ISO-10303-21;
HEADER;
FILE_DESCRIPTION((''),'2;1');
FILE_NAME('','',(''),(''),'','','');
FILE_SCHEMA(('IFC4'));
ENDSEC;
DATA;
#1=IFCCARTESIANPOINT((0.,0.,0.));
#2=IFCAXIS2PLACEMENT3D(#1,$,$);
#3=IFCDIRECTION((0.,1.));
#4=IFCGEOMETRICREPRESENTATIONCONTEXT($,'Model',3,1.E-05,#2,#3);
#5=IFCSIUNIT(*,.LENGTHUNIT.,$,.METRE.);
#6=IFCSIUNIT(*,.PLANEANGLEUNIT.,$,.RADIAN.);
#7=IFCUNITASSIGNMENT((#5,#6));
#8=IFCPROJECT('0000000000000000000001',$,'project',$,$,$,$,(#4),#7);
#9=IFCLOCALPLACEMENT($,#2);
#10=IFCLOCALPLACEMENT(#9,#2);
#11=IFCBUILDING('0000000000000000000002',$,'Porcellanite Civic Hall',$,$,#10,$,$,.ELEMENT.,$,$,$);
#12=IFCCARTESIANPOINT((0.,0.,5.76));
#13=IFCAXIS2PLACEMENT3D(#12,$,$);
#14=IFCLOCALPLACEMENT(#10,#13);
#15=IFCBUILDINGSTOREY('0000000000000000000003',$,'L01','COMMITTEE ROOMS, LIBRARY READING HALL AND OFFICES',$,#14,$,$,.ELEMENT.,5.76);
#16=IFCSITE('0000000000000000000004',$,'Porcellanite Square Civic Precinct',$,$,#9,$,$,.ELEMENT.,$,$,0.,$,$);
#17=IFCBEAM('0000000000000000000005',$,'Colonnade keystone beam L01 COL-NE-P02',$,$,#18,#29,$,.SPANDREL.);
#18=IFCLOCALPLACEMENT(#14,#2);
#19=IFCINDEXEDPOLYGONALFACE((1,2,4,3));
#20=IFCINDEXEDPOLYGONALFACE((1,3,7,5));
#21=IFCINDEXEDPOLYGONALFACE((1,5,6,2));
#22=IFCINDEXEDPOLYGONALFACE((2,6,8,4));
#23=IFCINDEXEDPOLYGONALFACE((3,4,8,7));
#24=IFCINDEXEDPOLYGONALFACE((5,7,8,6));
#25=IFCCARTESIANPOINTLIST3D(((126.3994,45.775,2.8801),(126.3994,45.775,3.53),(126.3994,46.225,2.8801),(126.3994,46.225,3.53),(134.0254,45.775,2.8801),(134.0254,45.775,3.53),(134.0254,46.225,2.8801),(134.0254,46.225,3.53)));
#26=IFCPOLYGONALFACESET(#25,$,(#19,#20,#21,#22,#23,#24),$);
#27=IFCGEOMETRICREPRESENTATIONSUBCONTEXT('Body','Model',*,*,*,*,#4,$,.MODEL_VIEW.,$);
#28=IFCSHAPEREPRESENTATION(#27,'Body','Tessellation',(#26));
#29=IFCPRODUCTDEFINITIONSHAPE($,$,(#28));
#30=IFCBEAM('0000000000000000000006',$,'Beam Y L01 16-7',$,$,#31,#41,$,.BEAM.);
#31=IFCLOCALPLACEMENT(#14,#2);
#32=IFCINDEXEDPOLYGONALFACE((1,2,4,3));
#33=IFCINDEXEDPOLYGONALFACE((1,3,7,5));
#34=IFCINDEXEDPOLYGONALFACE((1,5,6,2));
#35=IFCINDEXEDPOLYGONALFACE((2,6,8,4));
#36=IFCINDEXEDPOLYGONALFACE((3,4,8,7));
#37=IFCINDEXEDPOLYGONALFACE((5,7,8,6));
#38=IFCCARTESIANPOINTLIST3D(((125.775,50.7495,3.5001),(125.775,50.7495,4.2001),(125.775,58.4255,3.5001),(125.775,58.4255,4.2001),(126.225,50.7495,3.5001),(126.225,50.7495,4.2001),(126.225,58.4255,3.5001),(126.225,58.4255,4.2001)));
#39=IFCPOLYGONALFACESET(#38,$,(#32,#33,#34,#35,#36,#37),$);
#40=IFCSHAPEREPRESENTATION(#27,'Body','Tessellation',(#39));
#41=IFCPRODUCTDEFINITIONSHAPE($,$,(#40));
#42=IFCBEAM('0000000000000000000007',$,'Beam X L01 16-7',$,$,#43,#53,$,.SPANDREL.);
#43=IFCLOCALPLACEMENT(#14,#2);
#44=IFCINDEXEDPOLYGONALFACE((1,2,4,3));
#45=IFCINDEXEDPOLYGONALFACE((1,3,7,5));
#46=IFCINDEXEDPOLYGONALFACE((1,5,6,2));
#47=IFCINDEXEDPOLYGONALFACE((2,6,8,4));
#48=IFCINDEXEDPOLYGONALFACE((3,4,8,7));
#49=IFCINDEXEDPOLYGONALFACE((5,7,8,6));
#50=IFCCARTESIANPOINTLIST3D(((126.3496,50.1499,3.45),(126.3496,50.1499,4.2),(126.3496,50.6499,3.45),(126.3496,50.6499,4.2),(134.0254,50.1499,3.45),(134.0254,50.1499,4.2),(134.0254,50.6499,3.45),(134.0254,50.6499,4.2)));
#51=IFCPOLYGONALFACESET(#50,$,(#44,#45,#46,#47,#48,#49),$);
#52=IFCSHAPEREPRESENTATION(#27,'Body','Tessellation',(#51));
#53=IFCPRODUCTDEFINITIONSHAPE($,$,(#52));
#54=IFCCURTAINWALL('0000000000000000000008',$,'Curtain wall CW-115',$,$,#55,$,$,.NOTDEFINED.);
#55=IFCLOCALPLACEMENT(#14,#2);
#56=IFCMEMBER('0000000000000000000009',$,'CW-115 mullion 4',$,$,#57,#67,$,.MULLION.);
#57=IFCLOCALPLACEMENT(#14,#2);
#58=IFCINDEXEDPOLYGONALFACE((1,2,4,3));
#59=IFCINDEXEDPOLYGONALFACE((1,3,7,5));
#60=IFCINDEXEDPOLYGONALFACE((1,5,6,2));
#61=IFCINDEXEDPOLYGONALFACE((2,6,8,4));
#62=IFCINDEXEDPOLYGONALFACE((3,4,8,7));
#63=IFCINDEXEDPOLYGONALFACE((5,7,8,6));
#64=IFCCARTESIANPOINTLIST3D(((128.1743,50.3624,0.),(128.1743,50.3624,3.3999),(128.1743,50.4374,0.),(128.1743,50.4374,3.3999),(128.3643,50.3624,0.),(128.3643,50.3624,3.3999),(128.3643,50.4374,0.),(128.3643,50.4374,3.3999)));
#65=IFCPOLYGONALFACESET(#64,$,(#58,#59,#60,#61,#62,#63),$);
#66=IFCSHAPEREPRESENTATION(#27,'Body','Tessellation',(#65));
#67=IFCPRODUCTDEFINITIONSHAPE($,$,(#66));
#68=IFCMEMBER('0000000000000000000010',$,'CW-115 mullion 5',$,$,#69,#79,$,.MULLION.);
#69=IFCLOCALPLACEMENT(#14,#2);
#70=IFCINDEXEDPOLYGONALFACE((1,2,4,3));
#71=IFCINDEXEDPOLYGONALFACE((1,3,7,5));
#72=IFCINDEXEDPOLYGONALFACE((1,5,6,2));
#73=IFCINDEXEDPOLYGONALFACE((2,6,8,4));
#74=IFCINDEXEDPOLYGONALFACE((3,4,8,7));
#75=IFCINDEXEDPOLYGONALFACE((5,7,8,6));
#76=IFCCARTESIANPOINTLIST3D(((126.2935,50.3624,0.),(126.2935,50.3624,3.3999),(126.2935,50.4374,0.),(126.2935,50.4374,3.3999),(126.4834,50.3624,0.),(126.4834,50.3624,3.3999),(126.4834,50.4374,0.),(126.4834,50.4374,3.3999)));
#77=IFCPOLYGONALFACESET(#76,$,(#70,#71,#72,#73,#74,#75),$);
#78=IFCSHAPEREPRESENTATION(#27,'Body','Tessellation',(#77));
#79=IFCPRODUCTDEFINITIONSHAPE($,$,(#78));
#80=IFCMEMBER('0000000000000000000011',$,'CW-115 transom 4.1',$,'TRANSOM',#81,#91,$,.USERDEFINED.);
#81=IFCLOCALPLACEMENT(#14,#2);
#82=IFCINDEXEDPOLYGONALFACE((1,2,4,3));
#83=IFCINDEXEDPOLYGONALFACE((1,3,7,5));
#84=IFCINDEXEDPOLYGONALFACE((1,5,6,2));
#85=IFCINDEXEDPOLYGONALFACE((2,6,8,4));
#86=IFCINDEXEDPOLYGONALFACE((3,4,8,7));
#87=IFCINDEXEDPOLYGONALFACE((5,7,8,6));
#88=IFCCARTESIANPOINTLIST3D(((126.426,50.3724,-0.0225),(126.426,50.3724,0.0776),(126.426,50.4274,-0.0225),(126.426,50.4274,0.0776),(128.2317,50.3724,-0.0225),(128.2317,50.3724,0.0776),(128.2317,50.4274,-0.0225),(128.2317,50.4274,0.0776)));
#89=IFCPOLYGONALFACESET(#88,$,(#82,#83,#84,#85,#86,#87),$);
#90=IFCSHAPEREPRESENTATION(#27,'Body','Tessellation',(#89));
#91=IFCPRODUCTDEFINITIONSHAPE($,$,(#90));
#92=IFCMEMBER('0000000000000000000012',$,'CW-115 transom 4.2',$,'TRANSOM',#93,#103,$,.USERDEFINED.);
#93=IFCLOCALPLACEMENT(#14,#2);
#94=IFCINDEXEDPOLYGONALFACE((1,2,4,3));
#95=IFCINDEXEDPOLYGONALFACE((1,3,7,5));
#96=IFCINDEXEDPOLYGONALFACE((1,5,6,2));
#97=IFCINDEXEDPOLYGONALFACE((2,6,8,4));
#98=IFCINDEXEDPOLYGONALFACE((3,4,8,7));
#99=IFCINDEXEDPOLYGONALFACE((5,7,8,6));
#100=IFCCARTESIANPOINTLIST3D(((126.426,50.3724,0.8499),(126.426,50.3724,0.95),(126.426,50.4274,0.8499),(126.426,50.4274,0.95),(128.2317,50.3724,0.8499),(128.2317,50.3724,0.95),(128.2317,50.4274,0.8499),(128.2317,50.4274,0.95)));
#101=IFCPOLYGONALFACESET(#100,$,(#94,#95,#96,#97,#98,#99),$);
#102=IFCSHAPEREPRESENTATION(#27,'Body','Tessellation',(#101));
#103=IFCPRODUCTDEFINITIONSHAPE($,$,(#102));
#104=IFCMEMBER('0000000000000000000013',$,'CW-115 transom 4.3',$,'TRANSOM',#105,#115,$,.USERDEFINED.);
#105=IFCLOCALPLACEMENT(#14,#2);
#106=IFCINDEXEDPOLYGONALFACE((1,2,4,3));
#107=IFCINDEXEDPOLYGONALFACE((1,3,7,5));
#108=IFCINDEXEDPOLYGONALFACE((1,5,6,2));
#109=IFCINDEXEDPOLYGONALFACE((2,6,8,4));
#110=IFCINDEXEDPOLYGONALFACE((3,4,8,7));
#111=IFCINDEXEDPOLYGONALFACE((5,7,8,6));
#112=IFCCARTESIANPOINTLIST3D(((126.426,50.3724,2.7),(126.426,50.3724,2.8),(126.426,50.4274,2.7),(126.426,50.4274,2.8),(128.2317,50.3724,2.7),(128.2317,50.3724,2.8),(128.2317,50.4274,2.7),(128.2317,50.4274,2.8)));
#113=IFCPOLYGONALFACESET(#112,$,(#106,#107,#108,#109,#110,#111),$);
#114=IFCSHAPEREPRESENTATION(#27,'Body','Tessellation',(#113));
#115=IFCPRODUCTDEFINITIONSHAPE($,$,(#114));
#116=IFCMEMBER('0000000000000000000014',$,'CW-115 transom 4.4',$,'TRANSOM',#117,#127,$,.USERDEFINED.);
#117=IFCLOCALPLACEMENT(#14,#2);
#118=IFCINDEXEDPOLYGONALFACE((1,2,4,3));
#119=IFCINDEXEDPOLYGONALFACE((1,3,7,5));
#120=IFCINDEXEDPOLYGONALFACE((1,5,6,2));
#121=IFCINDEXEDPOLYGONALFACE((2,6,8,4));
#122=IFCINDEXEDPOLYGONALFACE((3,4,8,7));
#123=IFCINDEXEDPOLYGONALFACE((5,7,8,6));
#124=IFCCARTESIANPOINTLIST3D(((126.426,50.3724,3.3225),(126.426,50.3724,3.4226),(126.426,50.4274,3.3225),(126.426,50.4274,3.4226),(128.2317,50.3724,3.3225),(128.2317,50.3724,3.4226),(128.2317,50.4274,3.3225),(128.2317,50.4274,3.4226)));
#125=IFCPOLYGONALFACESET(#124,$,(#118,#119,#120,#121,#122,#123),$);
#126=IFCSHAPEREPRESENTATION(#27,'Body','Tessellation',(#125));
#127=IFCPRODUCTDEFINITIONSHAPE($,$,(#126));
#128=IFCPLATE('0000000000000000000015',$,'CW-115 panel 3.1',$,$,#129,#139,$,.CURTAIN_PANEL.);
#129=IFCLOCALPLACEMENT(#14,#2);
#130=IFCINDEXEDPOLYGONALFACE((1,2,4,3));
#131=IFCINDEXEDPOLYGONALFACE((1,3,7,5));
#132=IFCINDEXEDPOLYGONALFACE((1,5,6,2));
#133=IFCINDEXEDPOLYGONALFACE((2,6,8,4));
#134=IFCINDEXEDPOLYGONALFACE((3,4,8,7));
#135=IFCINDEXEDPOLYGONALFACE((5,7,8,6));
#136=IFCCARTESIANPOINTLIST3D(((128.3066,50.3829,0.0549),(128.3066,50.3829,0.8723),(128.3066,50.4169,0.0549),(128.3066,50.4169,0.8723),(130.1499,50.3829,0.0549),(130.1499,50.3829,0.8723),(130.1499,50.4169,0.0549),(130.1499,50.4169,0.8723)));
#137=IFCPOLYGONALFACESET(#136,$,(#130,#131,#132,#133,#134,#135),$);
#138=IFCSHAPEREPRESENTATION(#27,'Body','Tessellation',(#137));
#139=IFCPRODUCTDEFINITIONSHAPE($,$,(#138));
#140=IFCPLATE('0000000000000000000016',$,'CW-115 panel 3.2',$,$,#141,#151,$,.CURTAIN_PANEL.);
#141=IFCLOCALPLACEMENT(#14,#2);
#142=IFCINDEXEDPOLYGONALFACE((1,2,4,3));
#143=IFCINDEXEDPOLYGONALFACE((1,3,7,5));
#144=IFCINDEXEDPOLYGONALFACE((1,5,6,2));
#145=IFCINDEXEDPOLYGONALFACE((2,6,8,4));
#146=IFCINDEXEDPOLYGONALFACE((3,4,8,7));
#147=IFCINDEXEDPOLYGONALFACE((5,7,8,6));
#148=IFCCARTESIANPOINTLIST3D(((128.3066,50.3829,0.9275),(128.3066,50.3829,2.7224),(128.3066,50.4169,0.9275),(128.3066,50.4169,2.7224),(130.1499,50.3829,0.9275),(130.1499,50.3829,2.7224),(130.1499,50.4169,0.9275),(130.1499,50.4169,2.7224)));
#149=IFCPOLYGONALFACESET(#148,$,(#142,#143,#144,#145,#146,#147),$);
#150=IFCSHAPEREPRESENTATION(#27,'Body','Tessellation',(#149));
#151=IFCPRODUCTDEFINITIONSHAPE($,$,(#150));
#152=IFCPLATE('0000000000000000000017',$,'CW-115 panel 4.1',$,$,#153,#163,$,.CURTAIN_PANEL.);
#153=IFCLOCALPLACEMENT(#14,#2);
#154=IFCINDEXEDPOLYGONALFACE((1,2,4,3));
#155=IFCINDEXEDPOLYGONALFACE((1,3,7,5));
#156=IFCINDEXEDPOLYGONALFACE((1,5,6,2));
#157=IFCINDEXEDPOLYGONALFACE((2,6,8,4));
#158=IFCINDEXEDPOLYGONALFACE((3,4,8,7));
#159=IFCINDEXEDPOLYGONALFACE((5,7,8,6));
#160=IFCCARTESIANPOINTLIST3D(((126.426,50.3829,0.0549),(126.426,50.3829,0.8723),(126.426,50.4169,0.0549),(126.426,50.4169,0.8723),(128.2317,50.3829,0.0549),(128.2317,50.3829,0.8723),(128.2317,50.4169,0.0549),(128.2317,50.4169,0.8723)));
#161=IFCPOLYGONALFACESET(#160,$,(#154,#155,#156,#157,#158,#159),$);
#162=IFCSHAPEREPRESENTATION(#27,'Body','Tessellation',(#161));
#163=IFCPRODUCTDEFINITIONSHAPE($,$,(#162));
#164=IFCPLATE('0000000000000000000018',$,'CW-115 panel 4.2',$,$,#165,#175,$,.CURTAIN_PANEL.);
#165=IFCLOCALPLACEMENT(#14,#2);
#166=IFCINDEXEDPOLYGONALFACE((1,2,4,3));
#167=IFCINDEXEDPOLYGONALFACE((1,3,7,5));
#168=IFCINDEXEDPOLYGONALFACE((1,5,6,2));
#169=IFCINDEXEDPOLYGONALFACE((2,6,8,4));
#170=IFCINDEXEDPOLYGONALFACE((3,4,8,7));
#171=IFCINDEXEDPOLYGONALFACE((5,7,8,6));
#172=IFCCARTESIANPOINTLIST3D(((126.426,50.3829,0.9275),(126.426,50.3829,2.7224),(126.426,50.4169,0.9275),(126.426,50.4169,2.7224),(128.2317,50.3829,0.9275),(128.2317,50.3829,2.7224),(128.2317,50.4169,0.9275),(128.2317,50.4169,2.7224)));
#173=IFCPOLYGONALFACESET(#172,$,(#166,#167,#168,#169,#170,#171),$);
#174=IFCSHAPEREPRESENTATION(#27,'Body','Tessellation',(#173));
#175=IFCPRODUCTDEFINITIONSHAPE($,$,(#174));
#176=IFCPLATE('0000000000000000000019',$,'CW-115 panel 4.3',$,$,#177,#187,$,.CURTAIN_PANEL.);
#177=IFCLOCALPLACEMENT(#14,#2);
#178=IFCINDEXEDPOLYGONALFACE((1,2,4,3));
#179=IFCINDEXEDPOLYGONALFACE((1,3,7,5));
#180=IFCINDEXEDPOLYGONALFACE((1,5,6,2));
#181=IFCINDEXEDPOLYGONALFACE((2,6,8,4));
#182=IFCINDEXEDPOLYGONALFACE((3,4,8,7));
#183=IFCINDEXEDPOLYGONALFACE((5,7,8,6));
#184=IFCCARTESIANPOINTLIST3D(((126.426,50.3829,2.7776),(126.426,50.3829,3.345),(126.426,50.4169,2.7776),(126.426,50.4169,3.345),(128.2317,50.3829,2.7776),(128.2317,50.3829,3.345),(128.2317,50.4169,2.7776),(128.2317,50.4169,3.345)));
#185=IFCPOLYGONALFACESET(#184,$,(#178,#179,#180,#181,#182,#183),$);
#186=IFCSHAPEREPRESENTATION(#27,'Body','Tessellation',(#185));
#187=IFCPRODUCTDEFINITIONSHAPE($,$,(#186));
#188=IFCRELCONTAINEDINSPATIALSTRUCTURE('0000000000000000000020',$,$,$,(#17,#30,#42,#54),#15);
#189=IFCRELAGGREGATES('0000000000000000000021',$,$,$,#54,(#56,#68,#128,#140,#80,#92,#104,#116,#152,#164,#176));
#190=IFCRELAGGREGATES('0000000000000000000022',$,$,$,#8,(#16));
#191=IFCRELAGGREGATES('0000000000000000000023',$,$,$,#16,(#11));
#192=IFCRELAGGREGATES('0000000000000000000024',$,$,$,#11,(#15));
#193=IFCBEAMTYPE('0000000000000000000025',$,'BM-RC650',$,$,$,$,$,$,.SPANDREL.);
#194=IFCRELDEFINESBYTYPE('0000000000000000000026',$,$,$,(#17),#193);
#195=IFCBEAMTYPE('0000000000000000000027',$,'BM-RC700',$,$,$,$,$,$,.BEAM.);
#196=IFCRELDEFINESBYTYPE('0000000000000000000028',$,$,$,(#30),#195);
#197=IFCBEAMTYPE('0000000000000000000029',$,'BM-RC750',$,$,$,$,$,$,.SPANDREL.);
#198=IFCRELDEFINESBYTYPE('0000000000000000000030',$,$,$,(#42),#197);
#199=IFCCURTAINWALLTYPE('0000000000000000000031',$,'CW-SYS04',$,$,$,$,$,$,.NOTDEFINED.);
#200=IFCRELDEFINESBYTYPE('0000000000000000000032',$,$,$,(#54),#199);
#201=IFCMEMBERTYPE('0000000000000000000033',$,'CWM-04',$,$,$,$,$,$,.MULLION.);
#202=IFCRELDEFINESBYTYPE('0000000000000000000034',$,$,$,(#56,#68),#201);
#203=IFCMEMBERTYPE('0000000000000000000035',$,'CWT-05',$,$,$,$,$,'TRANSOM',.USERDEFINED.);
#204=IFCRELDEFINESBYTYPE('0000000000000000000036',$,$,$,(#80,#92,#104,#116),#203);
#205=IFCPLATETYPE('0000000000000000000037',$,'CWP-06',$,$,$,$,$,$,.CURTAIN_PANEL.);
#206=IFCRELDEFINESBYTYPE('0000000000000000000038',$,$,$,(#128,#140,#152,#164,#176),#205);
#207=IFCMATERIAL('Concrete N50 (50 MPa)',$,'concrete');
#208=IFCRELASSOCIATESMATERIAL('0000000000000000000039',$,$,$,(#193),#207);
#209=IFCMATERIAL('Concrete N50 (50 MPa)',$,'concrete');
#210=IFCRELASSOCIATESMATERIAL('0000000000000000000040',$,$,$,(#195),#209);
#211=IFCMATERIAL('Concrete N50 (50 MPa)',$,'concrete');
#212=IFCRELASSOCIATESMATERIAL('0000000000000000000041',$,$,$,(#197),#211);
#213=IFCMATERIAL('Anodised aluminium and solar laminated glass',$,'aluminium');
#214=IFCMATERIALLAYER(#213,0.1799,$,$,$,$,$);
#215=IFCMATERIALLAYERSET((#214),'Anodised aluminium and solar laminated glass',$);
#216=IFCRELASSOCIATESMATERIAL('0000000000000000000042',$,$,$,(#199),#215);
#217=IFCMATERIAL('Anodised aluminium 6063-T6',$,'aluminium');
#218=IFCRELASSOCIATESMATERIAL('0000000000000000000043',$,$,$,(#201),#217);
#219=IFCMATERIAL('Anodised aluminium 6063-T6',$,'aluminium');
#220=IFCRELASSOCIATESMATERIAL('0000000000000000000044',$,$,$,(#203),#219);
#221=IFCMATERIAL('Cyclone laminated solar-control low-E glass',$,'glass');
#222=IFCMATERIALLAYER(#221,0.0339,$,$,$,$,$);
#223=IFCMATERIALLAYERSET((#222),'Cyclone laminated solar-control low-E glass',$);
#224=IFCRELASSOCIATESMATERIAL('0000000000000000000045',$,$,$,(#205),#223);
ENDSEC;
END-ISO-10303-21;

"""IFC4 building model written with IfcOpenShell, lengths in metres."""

from ifc_helpers import new_model, si_unit, direction, frame, origin, origin_2d, place, context, subcontext, project, spatial, rectangle, extrude, material, layer, layer_set, material_profile, profile_set, type_object, element, aggregate, save


model = new_model("IFC4")

# Units and contexts
model_context = context("Model", 3, precision=1e-05, world=origin(), true_north=direction((0.0, 1.0)))
body_context = subcontext(model_context, "Body", "Model", "MODEL_VIEW")
ifc_project = project(units=[si_unit("LENGTHUNIT", "METRE"), si_unit("PLANEANGLEUNIT", "RADIAN")], contexts=[model_context])

# Site, building, storey
site_placement = place(None, origin())
site = spatial("IfcSite", under=ifc_project, at=site_placement, Name="Porcellanite Square Civic Precinct", CompositionType="ELEMENT", RefElevation=0.0)
building_placement = place(site_placement, origin())
building = spatial("IfcBuilding", under=site, at=building_placement, Name="Porcellanite Civic Hall", CompositionType="ELEMENT")
storey_placement = place(building_placement, frame((0.0, 0.0, 5.76)))
storey = spatial("IfcBuildingStorey", under=building, at=storey_placement, Name="L01", Description="COMMITTEE ROOMS, LIBRARY READING HALL AND OFFICES", CompositionType="ELEMENT", Elevation=5.76)

# Beams
ifc_material_1 = material(Name="Concrete N50 (50 MPa)", Category="concrete")
ifc_material_profile_1 = material_profile(ifc_material_1, rectangle(XDim=0.45, YDim=0.6499, at=origin_2d()), Name="RC-450x650")
ifc_profile_set_1 = profile_set([ifc_material_profile_1], Name="Concrete N50 (50 MPa)")
beam_type_1 = type_object("IfcBeamType", Name="BM-RC650", PredefinedType="SPANDREL", material=ifc_profile_set_1)
beam_1_placement = place(storey_placement, frame((126.3994, 46.0, 3.2051), z_axis=(1.0, 0.0, 0.0), x_axis=(0.0, 1.0, 0.0)))
element("IfcBeam", 1, at=beam_1_placement, inside=storey, type_object=beam_type_1, Name="Colonnade keystone beam L01 COL-NE-P02", PredefinedType="SPANDREL", context=body_context, shape_type="SweptSolid", body=[
    extrude(rectangle(XDim=0.45, YDim=0.6499, at=origin_2d()), origin(), (0.0, 0.0, 1.0), 7.626),
])
ifc_material_2 = material(Name="Concrete N50 (50 MPa)", Category="concrete")
ifc_material_profile_2 = material_profile(ifc_material_2, rectangle(XDim=0.45, YDim=0.7, at=origin_2d()), Name="RC-450x700")
ifc_profile_set_2 = profile_set([ifc_material_profile_2], Name="Concrete N50 (50 MPa)")
beam_type_2 = type_object("IfcBeamType", Name="BM-RC700", PredefinedType="BEAM", material=ifc_profile_set_2)
beam_2_placement = place(storey_placement, frame((126.0, 50.7495, 3.8501), z_axis=(0.0, 1.0, 0.0), x_axis=(-1.0, 0.0, 0.0)))
element("IfcBeam", 2, at=beam_2_placement, inside=storey, type_object=beam_type_2, Name="Beam Y L01 16-7", PredefinedType="BEAM", context=body_context, shape_type="SweptSolid", body=[
    extrude(rectangle(XDim=0.45, YDim=0.7, at=origin_2d()), origin(), (0.0, 0.0, 1.0), 7.676),
])
ifc_material_3 = material(Name="Concrete N50 (50 MPa)", Category="concrete")
ifc_material_profile_3 = material_profile(ifc_material_3, rectangle(XDim=0.5, YDim=0.75, at=origin_2d()), Name="RC-500x750")
ifc_profile_set_3 = profile_set([ifc_material_profile_3], Name="Concrete N50 (50 MPa)")
beam_type_3 = type_object("IfcBeamType", Name="BM-RC750", PredefinedType="SPANDREL", material=ifc_profile_set_3)
beam_3_placement = place(storey_placement, frame((126.3496, 50.3999, 3.825), z_axis=(1.0, 0.0, 0.0), x_axis=(0.0, 1.0, 0.0)))
element("IfcBeam", 3, at=beam_3_placement, inside=storey, type_object=beam_type_3, Name="Beam X L01 16-7", PredefinedType="SPANDREL", context=body_context, shape_type="SweptSolid", body=[
    extrude(rectangle(XDim=0.5, YDim=0.75, at=origin_2d()), origin(), (0.0, 0.0, 1.0), 7.6758),
])

# Curtain wall, members, plates
ifc_material_4 = material(Name="Anodised aluminium and solar laminated glass", Category="aluminium")
ifc_layer_1 = layer(ifc_material_4, 0.1799)
ifc_layer_set_1 = layer_set([ifc_layer_1], Name="Anodised aluminium and solar laminated glass")
curtain_wall_type = type_object("IfcCurtainWallType", Name="CW-SYS04", PredefinedType="NOTDEFINED", material=ifc_layer_set_1)
curtain_wall_placement = place(storey_placement, origin())
curtain_wall = element("IfcCurtainWall", 4, at=curtain_wall_placement, inside=storey, type_object=curtain_wall_type, Name="Curtain wall CW-115", PredefinedType="NOTDEFINED")
ifc_material_5 = material(Name="Anodised aluminium 6063-T6", Category="aluminium")
ifc_material_profile_4 = material_profile(ifc_material_5, rectangle(XDim=0.075, YDim=0.1899, at=origin_2d()), Name="AL-75x190")
ifc_profile_set_4 = profile_set([ifc_material_profile_4], Name="Anodised aluminium 6063-T6")
member_type_1 = type_object("IfcMemberType", Name="CWM-04", PredefinedType="MULLION", material=ifc_profile_set_4)
member_1_placement = place(storey_placement, frame((128.2693, 50.3999, 0.0), z_axis=(0.0, 0.0, 1.0), x_axis=(0.0, -1.0, 0.0)))
member_1 = element("IfcMember", 5, at=member_1_placement, type_object=member_type_1, Name="CW-115 mullion 4", PredefinedType="MULLION", context=body_context, shape_type="SweptSolid", body=[
    extrude(rectangle(XDim=0.075, YDim=0.1899, at=origin_2d()), origin(), (0.0, 0.0, 1.0), 3.3999),
])
member_2_placement = place(storey_placement, frame((126.3884, 50.3999, 0.0), z_axis=(0.0, 0.0, 1.0), x_axis=(0.0, -1.0, 0.0)))
member_2 = element("IfcMember", 6, at=member_2_placement, type_object=member_type_1, Name="CW-115 mullion 5", PredefinedType="MULLION", context=body_context, shape_type="SweptSolid", body=[
    extrude(rectangle(XDim=0.075, YDim=0.1899, at=origin_2d()), origin(), (0.0, 0.0, 1.0), 3.3999),
])
ifc_material_6 = material(Name="Anodised aluminium 6063-T6", Category="aluminium")
ifc_material_profile_5 = material_profile(ifc_material_6, rectangle(XDim=0.0549, YDim=0.1001, at=origin_2d()), Name="AL-55x100")
ifc_profile_set_5 = profile_set([ifc_material_profile_5], Name="Anodised aluminium 6063-T6")
member_type_2 = type_object("IfcMemberType", Name="CWT-05", ElementType="TRANSOM", PredefinedType="USERDEFINED", material=ifc_profile_set_5)
member_3_placement = place(storey_placement, frame((128.2317, 50.3999, 0.0276), z_axis=(-1.0, 0.0, 0.0), x_axis=(0.0, -1.0, 0.0)))
member_3 = element("IfcMember", 7, at=member_3_placement, type_object=member_type_2, Name="CW-115 transom 4.1", ObjectType="TRANSOM", PredefinedType="USERDEFINED", context=body_context, shape_type="SweptSolid", body=[
    extrude(rectangle(XDim=0.0549, YDim=0.1001, at=origin_2d()), origin(), (0.0, 0.0, 1.0), 1.8057),
])
member_4_placement = place(storey_placement, frame((128.2317, 50.3999, 0.8999), z_axis=(-1.0, 0.0, 0.0), x_axis=(0.0, -1.0, 0.0)))
member_4 = element("IfcMember", 8, at=member_4_placement, type_object=member_type_2, Name="CW-115 transom 4.2", ObjectType="TRANSOM", PredefinedType="USERDEFINED", context=body_context, shape_type="SweptSolid", body=[
    extrude(rectangle(XDim=0.0549, YDim=0.1001, at=origin_2d()), origin(), (0.0, 0.0, 1.0), 1.8057),
])
member_5_placement = place(storey_placement, frame((128.2317, 50.3999, 2.75), z_axis=(-1.0, 0.0, 0.0), x_axis=(0.0, -1.0, 0.0)))
member_5 = element("IfcMember", 9, at=member_5_placement, type_object=member_type_2, Name="CW-115 transom 4.3", ObjectType="TRANSOM", PredefinedType="USERDEFINED", context=body_context, shape_type="SweptSolid", body=[
    extrude(rectangle(XDim=0.0549, YDim=0.1001, at=origin_2d()), origin(), (0.0, 0.0, 1.0), 1.8057),
])
member_6_placement = place(storey_placement, frame((128.2317, 50.3999, 3.3726), z_axis=(-1.0, 0.0, 0.0), x_axis=(0.0, -1.0, 0.0)))
member_6 = element("IfcMember", 10, at=member_6_placement, type_object=member_type_2, Name="CW-115 transom 4.4", ObjectType="TRANSOM", PredefinedType="USERDEFINED", context=body_context, shape_type="SweptSolid", body=[
    extrude(rectangle(XDim=0.0549, YDim=0.1001, at=origin_2d()), origin(), (0.0, 0.0, 1.0), 1.8057),
])
ifc_material_7 = material(Name="Cyclone laminated solar-control low-E glass", Category="glass")
ifc_layer_2 = layer(ifc_material_7, 0.0339)
ifc_layer_set_2 = layer_set([ifc_layer_2], Name="Cyclone laminated solar-control low-E glass")
plate_type = type_object("IfcPlateType", Name="CWP-06", PredefinedType="CURTAIN_PANEL", material=ifc_layer_set_2)
plate_1_placement = place(storey_placement, frame((129.2283, 50.3999, 0.0549), z_axis=(0.0, 0.0, 1.0), x_axis=(-1.0, 0.0, 0.0)))
plate_1 = element("IfcPlate", 11, at=plate_1_placement, type_object=plate_type, Name="CW-115 panel 3.1", PredefinedType="CURTAIN_PANEL", context=body_context, shape_type="SweptSolid", body=[
    extrude(rectangle(XDim=1.8433, YDim=0.0339, at=origin_2d()), origin(), (0.0, 0.0, 1.0), 0.8174),
])
plate_2_placement = place(storey_placement, frame((129.2283, 50.3999, 0.9275), z_axis=(0.0, 0.0, 1.0), x_axis=(-1.0, 0.0, 0.0)))
plate_2 = element("IfcPlate", 12, at=plate_2_placement, type_object=plate_type, Name="CW-115 panel 3.2", PredefinedType="CURTAIN_PANEL", context=body_context, shape_type="SweptSolid", body=[
    extrude(rectangle(XDim=1.8433, YDim=0.0339, at=origin_2d()), origin(), (0.0, 0.0, 1.0), 1.7949),
])
plate_3_placement = place(storey_placement, frame((127.3289, 50.3999, 0.0549), z_axis=(0.0, 0.0, 1.0), x_axis=(-1.0, 0.0, 0.0)))
plate_3 = element("IfcPlate", 13, at=plate_3_placement, type_object=plate_type, Name="CW-115 panel 4.1", PredefinedType="CURTAIN_PANEL", context=body_context, shape_type="SweptSolid", body=[
    extrude(rectangle(XDim=1.8057, YDim=0.0339, at=origin_2d()), origin(), (0.0, 0.0, 1.0), 0.8174),
])
plate_4_placement = place(storey_placement, frame((127.3289, 50.3999, 0.9275), z_axis=(0.0, 0.0, 1.0), x_axis=(-1.0, 0.0, 0.0)))
plate_4 = element("IfcPlate", 14, at=plate_4_placement, type_object=plate_type, Name="CW-115 panel 4.2", PredefinedType="CURTAIN_PANEL", context=body_context, shape_type="SweptSolid", body=[
    extrude(rectangle(XDim=1.8057, YDim=0.0339, at=origin_2d()), origin(), (0.0, 0.0, 1.0), 1.7949),
])
plate_5_placement = place(storey_placement, frame((127.3289, 50.3999, 2.7776), z_axis=(0.0, 0.0, 1.0), x_axis=(-1.0, 0.0, 0.0)))
plate_5 = element("IfcPlate", 15, at=plate_5_placement, type_object=plate_type, Name="CW-115 panel 4.3", PredefinedType="CURTAIN_PANEL", context=body_context, shape_type="SweptSolid", body=[
    extrude(rectangle(XDim=1.8057, YDim=0.0339, at=origin_2d()), origin(), (0.0, 0.0, 1.0), 0.5674),
])
aggregate(curtain_wall, [member_1, member_2, plate_1, plate_2, member_3, member_4, member_5, member_6, plate_3, plate_4, plate_5])

save(model, "model.ifc")
